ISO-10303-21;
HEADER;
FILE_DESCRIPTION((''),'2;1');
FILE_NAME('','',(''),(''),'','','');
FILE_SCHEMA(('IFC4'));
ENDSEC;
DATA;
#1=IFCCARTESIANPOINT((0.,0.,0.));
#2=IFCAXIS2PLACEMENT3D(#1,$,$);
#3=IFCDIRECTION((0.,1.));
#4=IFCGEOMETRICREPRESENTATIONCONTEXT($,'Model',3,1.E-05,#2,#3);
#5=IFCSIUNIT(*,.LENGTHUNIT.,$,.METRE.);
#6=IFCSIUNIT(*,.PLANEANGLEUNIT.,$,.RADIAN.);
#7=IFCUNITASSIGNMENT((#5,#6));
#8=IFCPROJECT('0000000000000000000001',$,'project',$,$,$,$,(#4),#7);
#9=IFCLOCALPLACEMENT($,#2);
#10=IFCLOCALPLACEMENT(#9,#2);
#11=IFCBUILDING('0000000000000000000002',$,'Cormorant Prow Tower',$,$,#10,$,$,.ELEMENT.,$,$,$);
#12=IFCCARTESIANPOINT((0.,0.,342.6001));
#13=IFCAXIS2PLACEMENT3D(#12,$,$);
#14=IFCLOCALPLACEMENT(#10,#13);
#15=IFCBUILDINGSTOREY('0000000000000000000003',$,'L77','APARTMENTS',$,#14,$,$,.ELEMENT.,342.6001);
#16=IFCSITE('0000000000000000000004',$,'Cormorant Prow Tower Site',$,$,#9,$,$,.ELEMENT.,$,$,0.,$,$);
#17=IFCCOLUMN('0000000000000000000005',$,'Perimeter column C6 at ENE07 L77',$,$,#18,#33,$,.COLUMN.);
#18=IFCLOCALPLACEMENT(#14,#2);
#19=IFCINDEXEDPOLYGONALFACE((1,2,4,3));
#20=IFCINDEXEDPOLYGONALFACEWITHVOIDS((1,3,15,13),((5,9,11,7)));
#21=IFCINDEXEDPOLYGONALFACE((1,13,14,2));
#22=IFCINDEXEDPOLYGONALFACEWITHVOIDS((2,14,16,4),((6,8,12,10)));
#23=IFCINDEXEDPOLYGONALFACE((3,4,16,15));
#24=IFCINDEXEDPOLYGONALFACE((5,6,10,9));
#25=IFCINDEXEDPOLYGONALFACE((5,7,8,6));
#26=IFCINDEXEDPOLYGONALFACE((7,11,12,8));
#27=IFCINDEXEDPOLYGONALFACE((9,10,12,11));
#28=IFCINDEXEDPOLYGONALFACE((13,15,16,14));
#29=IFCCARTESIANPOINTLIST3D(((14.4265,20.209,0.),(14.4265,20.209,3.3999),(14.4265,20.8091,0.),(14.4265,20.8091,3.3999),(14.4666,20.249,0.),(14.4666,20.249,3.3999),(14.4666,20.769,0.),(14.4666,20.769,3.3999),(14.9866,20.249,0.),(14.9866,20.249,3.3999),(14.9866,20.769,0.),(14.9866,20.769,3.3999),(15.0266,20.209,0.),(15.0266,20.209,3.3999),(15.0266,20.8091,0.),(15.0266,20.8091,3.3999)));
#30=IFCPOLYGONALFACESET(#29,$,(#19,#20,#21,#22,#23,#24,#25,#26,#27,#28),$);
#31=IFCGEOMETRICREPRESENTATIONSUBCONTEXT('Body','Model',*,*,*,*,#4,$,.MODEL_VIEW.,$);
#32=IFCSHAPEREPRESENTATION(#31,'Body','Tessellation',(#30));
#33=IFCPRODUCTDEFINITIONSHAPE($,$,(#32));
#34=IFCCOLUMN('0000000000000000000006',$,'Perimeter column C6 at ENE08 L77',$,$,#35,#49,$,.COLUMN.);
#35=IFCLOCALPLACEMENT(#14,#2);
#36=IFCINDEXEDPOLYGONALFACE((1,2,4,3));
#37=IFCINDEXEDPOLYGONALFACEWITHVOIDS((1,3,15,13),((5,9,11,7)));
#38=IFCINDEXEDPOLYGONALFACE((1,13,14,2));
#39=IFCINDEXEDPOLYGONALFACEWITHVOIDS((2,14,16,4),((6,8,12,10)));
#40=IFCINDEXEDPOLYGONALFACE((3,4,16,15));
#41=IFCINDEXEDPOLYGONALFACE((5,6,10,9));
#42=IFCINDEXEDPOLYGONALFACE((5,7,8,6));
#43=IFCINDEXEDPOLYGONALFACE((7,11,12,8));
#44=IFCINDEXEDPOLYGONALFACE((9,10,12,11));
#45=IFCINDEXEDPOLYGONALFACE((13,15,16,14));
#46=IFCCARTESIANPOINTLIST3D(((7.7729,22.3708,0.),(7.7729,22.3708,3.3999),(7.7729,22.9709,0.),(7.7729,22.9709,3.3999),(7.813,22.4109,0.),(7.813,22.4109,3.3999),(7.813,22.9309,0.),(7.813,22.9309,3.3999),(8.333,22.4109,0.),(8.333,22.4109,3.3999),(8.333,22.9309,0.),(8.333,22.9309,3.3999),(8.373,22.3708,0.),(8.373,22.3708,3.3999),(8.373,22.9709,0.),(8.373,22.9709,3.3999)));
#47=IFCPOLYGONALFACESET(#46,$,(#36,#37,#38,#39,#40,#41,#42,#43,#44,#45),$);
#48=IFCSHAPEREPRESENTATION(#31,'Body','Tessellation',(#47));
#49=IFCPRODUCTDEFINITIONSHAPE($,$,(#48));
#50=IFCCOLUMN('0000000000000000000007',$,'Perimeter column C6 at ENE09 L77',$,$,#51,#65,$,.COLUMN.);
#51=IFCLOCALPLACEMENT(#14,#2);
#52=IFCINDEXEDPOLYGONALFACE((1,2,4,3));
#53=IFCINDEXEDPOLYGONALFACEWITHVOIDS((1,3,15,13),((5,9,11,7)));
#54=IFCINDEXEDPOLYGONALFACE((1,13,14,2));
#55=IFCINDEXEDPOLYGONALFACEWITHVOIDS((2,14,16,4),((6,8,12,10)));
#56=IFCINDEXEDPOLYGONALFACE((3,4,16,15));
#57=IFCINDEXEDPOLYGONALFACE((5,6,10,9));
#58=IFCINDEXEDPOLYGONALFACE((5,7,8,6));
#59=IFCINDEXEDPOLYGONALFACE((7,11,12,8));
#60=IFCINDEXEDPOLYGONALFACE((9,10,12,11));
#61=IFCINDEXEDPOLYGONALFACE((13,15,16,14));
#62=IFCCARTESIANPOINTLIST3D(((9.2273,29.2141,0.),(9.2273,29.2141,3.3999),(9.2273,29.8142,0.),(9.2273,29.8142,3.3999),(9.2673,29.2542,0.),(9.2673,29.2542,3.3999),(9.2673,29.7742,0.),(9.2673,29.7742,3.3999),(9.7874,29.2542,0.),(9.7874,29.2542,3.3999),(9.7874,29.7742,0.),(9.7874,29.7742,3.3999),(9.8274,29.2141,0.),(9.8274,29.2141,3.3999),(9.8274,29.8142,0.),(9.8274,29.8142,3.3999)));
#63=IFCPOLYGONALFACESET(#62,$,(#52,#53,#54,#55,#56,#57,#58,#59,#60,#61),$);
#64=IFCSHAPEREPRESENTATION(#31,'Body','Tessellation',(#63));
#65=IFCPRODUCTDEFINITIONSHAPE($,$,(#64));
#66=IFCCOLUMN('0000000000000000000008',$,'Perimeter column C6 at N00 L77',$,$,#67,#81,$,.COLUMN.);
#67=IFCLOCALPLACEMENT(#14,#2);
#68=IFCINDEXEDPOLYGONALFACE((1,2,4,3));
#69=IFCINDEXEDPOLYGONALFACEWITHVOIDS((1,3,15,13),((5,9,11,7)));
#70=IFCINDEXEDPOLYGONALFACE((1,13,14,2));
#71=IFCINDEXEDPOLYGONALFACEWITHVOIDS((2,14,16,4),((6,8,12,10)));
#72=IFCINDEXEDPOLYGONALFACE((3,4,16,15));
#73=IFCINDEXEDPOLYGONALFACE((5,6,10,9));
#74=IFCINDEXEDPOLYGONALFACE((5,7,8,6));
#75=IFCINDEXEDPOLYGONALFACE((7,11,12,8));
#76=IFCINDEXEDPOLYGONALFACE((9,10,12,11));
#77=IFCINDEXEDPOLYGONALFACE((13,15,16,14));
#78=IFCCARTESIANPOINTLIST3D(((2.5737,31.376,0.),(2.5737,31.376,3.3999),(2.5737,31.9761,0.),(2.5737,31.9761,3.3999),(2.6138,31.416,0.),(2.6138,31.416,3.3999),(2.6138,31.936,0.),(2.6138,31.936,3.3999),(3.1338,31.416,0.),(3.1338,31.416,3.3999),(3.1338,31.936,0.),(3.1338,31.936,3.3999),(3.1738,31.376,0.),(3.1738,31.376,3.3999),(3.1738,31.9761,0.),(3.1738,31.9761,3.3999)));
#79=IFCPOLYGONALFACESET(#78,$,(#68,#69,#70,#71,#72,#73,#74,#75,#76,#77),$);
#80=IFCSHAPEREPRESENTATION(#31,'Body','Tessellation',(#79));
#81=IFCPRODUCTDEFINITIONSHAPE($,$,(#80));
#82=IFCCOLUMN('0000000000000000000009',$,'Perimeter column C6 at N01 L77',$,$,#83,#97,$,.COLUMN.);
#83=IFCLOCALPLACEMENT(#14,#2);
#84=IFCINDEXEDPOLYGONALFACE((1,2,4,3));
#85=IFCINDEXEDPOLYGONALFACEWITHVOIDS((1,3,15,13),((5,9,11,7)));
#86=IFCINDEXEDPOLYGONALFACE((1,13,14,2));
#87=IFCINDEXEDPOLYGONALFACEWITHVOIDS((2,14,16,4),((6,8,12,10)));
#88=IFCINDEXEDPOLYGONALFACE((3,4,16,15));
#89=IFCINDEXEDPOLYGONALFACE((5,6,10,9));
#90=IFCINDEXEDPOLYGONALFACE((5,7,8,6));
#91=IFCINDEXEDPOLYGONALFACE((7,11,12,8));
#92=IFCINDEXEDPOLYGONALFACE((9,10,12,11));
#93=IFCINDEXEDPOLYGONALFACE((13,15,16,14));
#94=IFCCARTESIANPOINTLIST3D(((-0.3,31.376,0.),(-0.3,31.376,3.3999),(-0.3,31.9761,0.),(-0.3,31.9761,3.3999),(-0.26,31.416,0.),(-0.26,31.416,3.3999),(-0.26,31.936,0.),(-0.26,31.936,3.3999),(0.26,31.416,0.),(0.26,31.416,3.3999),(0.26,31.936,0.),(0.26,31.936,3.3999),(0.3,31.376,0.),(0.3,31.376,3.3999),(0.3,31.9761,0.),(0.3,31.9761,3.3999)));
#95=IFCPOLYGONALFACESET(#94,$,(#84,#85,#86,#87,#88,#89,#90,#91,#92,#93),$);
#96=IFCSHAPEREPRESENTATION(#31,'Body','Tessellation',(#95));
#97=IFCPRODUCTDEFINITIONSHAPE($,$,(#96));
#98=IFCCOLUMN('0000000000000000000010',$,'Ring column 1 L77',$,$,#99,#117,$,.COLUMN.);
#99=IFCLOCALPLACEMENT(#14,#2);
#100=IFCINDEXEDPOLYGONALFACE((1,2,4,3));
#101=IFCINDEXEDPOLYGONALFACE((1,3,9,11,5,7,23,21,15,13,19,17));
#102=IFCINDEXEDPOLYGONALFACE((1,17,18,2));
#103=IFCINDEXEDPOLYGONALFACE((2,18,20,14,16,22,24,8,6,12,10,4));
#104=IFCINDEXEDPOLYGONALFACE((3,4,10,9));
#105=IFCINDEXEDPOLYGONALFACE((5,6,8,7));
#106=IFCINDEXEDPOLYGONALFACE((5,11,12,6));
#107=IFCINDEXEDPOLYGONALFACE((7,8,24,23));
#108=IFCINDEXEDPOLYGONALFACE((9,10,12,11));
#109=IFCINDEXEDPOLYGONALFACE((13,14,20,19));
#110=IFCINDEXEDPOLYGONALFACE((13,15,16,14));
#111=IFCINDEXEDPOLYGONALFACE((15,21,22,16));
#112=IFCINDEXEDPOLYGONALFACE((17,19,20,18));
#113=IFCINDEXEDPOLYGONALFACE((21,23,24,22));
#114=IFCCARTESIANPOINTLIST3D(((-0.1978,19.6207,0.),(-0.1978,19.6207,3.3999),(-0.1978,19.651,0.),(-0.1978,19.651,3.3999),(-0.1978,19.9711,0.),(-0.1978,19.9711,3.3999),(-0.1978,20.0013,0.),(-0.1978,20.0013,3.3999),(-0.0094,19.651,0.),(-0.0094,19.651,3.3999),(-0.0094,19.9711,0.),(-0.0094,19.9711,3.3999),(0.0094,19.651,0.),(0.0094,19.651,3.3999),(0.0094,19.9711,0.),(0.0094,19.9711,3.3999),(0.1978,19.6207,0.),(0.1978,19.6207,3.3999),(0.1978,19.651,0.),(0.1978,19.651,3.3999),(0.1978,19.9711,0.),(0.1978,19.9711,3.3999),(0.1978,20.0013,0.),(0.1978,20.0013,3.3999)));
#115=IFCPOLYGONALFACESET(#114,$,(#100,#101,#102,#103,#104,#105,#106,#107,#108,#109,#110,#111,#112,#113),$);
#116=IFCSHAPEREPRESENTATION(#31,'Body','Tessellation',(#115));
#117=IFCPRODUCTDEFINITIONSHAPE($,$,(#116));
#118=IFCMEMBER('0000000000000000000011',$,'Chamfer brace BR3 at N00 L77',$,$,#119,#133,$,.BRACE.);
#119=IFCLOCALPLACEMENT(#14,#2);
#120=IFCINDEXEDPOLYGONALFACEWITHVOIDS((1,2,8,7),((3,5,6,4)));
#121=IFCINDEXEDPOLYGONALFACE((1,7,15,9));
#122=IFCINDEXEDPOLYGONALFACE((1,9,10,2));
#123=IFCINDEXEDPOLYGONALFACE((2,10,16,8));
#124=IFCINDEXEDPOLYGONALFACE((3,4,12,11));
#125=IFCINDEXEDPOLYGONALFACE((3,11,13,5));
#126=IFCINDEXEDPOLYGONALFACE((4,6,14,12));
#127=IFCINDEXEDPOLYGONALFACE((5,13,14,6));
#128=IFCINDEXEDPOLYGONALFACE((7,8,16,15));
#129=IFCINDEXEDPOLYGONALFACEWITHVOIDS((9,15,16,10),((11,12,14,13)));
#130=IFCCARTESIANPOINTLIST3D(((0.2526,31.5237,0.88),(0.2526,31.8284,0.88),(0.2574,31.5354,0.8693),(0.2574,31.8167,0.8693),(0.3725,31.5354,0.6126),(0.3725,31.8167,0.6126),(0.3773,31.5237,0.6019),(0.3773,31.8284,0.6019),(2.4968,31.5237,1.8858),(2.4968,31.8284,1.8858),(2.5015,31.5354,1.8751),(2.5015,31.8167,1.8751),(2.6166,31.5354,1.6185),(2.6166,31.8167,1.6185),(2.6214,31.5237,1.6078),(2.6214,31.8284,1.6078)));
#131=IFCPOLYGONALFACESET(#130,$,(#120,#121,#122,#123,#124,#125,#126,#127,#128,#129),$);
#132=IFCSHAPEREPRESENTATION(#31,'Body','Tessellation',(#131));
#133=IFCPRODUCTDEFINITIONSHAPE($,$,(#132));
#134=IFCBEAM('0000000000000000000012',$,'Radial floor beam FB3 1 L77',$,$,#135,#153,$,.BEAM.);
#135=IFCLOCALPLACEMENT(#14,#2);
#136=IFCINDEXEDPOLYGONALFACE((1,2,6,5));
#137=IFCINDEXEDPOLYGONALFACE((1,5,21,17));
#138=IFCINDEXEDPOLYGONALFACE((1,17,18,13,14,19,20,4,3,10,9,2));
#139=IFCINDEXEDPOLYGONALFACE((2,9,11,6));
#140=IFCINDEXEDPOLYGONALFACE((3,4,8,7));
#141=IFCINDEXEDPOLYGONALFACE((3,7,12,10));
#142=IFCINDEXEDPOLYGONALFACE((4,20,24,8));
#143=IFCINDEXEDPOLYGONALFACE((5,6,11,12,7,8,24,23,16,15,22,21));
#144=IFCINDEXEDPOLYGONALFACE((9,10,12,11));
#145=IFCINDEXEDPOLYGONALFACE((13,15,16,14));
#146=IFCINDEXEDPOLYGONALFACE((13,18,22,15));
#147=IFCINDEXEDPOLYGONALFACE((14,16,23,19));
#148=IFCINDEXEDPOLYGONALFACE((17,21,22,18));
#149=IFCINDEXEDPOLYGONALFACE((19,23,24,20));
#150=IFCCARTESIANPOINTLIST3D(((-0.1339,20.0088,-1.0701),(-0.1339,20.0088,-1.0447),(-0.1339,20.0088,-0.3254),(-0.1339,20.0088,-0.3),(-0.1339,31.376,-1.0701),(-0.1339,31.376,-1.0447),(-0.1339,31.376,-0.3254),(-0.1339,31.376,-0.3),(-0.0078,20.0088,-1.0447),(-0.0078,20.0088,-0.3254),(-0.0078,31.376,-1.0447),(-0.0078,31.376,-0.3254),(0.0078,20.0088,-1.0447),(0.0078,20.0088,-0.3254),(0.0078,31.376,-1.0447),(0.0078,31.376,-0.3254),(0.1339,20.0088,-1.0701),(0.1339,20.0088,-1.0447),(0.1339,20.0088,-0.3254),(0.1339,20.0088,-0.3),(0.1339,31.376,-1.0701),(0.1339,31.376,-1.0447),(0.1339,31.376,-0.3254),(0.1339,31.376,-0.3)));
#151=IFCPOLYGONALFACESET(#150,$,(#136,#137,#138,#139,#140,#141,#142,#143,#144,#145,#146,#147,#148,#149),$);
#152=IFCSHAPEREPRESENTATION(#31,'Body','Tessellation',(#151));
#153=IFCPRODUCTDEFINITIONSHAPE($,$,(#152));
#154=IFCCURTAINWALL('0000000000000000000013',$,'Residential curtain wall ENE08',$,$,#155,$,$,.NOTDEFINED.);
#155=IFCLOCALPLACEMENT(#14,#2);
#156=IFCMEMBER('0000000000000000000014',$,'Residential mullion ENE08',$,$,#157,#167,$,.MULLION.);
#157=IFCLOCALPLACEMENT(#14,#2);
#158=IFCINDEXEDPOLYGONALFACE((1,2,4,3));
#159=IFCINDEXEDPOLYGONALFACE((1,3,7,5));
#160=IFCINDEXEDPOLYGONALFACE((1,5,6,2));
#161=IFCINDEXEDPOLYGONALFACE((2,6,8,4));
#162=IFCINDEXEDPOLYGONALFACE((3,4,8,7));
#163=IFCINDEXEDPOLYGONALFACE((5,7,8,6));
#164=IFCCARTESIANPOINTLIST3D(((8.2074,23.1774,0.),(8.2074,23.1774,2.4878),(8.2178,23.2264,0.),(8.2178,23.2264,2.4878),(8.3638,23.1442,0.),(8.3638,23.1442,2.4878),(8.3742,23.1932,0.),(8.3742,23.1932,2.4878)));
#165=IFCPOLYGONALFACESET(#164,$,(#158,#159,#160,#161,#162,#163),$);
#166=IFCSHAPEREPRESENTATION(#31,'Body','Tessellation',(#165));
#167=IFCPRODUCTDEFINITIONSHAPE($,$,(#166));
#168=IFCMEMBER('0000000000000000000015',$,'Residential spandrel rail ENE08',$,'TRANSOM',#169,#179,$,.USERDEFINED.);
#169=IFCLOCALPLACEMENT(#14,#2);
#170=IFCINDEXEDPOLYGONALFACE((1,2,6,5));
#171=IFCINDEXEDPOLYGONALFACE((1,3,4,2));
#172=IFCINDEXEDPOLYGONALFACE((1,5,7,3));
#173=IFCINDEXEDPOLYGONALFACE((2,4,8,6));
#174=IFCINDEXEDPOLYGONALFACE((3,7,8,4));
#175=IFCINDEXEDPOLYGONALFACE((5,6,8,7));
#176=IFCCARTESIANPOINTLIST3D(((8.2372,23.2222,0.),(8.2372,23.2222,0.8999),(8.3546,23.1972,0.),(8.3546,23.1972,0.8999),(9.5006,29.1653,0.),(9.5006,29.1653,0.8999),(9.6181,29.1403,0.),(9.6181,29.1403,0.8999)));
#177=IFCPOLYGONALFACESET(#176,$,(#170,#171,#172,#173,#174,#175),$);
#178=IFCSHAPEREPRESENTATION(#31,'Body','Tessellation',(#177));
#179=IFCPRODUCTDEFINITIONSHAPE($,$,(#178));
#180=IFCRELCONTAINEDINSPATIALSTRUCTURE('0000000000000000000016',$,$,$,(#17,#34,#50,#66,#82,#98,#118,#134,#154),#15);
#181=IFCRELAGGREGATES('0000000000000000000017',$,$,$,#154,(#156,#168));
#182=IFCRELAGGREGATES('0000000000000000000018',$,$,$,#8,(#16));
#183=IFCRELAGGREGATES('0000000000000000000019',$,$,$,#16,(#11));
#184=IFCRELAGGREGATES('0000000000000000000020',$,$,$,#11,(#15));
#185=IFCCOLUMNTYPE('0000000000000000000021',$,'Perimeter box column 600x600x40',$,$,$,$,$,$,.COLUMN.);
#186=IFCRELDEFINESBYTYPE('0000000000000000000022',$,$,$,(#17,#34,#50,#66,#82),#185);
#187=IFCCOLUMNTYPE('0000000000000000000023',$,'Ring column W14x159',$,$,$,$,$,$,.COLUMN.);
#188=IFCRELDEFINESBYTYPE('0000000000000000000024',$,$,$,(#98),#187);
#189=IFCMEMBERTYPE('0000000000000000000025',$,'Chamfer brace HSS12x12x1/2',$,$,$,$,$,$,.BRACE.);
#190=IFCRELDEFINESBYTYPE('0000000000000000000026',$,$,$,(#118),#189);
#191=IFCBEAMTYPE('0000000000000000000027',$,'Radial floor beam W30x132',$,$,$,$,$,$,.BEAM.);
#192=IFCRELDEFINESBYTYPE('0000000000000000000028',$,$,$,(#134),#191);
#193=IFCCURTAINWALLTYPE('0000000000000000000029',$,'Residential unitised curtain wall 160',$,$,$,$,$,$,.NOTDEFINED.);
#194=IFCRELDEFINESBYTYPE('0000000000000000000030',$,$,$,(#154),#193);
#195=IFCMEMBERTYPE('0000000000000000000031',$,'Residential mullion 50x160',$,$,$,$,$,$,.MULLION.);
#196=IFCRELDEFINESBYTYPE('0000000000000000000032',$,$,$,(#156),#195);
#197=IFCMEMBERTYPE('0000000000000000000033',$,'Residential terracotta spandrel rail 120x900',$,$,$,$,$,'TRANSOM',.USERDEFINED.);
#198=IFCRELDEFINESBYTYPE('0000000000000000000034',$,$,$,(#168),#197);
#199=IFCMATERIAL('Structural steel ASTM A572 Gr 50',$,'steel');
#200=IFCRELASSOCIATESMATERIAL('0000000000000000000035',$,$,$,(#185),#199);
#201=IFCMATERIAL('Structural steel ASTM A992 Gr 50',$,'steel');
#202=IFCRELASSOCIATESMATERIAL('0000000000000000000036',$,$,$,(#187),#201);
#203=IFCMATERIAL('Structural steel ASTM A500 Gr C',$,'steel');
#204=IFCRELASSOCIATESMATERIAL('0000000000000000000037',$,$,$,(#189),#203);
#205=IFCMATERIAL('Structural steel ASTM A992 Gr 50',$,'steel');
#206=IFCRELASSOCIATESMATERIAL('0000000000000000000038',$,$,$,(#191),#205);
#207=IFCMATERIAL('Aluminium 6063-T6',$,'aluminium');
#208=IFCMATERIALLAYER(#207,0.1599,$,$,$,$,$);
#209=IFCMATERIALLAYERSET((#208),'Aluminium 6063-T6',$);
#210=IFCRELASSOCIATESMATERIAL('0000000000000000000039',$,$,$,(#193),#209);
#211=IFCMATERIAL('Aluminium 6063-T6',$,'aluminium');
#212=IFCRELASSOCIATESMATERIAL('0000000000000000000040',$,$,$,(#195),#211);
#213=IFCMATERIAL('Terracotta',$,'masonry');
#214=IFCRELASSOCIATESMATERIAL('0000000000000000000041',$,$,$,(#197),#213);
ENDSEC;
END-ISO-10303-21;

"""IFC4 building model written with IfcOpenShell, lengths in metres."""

from ifc_helpers import new_model, si_unit, direction, frame, origin, origin_2d, place, context, subcontext, project, spatial, rectangle, hollow_rectangle, i_section, extrude, material, layer, layer_set, material_profile, profile_set, type_object, element, aggregate, save


model = new_model("IFC4")

# Units and contexts
model_context = context("Model", 3, precision=1e-05, world=origin(), true_north=direction((0.0, 1.0)))
body_context = subcontext(model_context, "Body", "Model", "MODEL_VIEW")
ifc_project = project(units=[si_unit("LENGTHUNIT", "METRE"), si_unit("PLANEANGLEUNIT", "RADIAN")], contexts=[model_context])

# Site, building, storey
site_placement = place(None, origin())
site = spatial("IfcSite", under=ifc_project, at=site_placement, Name="Cormorant Prow Tower Site", CompositionType="ELEMENT", RefElevation=0.0)
building_placement = place(site_placement, origin())
building = spatial("IfcBuilding", under=site, at=building_placement, Name="Cormorant Prow Tower", CompositionType="ELEMENT")
storey_placement = place(building_placement, frame((0.0, 0.0, 342.6001)))
storey = spatial("IfcBuildingStorey", under=building, at=storey_placement, Name="L77", Description="APARTMENTS", CompositionType="ELEMENT", Elevation=342.6001)

# Columns
ifc_material_1 = material(Name="Structural steel ASTM A572 Gr 50", Category="steel")
ifc_material_profile_1 = material_profile(ifc_material_1, hollow_rectangle(XDim=0.6001, YDim=0.6001, WallThickness=0.04, at=origin_2d()), Name="Box 600x600x40")
ifc_profile_set_1 = profile_set([ifc_material_profile_1], Name="Structural steel ASTM A572 Gr 50")
column_type_1 = type_object("IfcColumnType", Name="Perimeter box column 600x600x40", PredefinedType="COLUMN", material=ifc_profile_set_1)
for number, where, z_axis, x_axis, name in (
    (1, (14.7266, 20.509, 0.0), (0.0, 0.0, 1.0), (1.0, 0.0, 0.0), "Perimeter column C6 at ENE07 L77"),
    (2, (8.073, 22.6709, 0.0), (0.0, 0.0, 1.0), (1.0, 0.0, 0.0), "Perimeter column C6 at ENE08 L77"),
    (3, (9.5273, 29.5142, 0.0), (0.0, 0.0, 1.0), (1.0, 0.0, 0.0), "Perimeter column C6 at ENE09 L77"),
    (4, (2.8738, 31.676, 0.0), (0.0, 0.0, 1.0), (1.0, 0.0, 0.0), "Perimeter column C6 at N00 L77"),
    (5, (0.0, 31.676, 0.0), (0.0, 0.0, 1.0), (1.0, 0.0, 0.0), "Perimeter column C6 at N01 L77"),
):
    element("IfcColumn", number, at=place(storey_placement, frame(where, z_axis=z_axis, x_axis=x_axis)), inside=storey, type_object=column_type_1, Name=name, PredefinedType="COLUMN", context=body_context, shape_type="SweptSolid", body=[
        extrude(hollow_rectangle(XDim=0.6001, YDim=0.6001, WallThickness=0.04, at=origin_2d()), origin(), (0.0, 0.0, 1.0), 3.3999),
    ])
ifc_material_2 = material(Name="Structural steel ASTM A992 Gr 50", Category="steel")
ifc_material_profile_2 = material_profile(ifc_material_2, i_section(OverallWidth=0.3955, OverallDepth=0.3806, WebThickness=0.0188, FlangeThickness=0.0303, at=origin_2d()), Name="W14x159")
ifc_profile_set_2 = profile_set([ifc_material_profile_2], Name="Structural steel ASTM A992 Gr 50")
column_type_2 = type_object("IfcColumnType", Name="Ring column W14x159", PredefinedType="COLUMN", material=ifc_profile_set_2)
column_placement = place(storey_placement, frame((0.0, 19.811, 0.0), z_axis=(0.0, 0.0, 1.0), x_axis=(1.0, 0.0, 0.0)))
element("IfcColumn", 6, at=column_placement, inside=storey, type_object=column_type_2, Name="Ring column 1 L77", PredefinedType="COLUMN", context=body_context, shape_type="SweptSolid", body=[
    extrude(i_section(OverallWidth=0.3955, OverallDepth=0.3806, WebThickness=0.0188, FlangeThickness=0.0303, at=origin_2d()), origin(), (0.0, 0.0, 1.0), 3.3999),
])

# Member
ifc_material_3 = material(Name="Structural steel ASTM A500 Gr C", Category="steel")
ifc_material_profile_3 = material_profile(ifc_material_3, hollow_rectangle(XDim=0.3047, YDim=0.3047, WallThickness=0.0117, at=origin_2d()), Name="HSS12x12x1/2")
ifc_profile_set_3 = profile_set([ifc_material_profile_3], Name="Structural steel ASTM A500 Gr C")
member_type_1 = type_object("IfcMemberType", Name="Chamfer brace HSS12x12x1/2", PredefinedType="BRACE", material=ifc_profile_set_3)
member_1_placement = place(storey_placement, frame((0.3149, 31.676, 0.741), z_axis=(0.91253, 0.0, 0.40901), x_axis=(0.0, 1.0, 0.0)))
element("IfcMember", 7, at=member_1_placement, inside=storey, type_object=member_type_1, Name="Chamfer brace BR3 at N00 L77", PredefinedType="BRACE", context=body_context, shape_type="SweptSolid", body=[
    extrude(hollow_rectangle(XDim=0.3047, YDim=0.3047, WallThickness=0.0117, at=origin_2d()), origin(), (0.0, 0.0, 1.0), 2.4592),
])

# Beam
ifc_material_4 = material(Name="Structural steel ASTM A992 Gr 50", Category="steel")
ifc_material_profile_4 = material_profile(ifc_material_4, i_section(OverallWidth=0.2678, OverallDepth=0.77, WebThickness=0.0156, FlangeThickness=0.0254, at=origin_2d()), Name="W30x132")
ifc_profile_set_4 = profile_set([ifc_material_profile_4], Name="Structural steel ASTM A992 Gr 50")
beam_type_1 = type_object("IfcBeamType", Name="Radial floor beam W30x132", PredefinedType="BEAM", material=ifc_profile_set_4)
beam_1_placement = place(storey_placement, frame((0.0, 20.0088, -0.6851), z_axis=(0.0, 1.0, 0.0), x_axis=(-1.0, 0.0, 0.0)))
element("IfcBeam", 8, at=beam_1_placement, inside=storey, type_object=beam_type_1, Name="Radial floor beam FB3 1 L77", PredefinedType="BEAM", context=body_context, shape_type="SweptSolid", body=[
    extrude(i_section(OverallWidth=0.2678, OverallDepth=0.77, WebThickness=0.0156, FlangeThickness=0.0254, at=origin_2d()), origin(), (0.0, 0.0, 1.0), 11.3672),
])

# Curtain wall, members
ifc_material_5 = material(Name="Aluminium 6063-T6", Category="aluminium")
ifc_layer_1 = layer(ifc_material_5, 0.1599)
ifc_layer_set_1 = layer_set([ifc_layer_1], Name="Aluminium 6063-T6")
curtain_wall_type = type_object("IfcCurtainWallType", Name="Residential unitised curtain wall 160", PredefinedType="NOTDEFINED", material=ifc_layer_set_1)
curtain_wall_1_placement = place(storey_placement, origin())
curtain_wall_1 = element("IfcCurtainWall", 9, at=curtain_wall_1_placement, inside=storey, type_object=curtain_wall_type, Name="Residential curtain wall ENE08", PredefinedType="NOTDEFINED")
ifc_material_6 = material(Name="Aluminium 6063-T6", Category="aluminium")
ifc_material_profile_5 = material_profile(ifc_material_6, rectangle(XDim=0.1599, YDim=0.05, at=origin_2d()), Name="Residential mullion 50x160")
ifc_profile_set_5 = profile_set([ifc_material_profile_5], Name="Aluminium 6063-T6")
member_type_2 = type_object("IfcMemberType", Name="Residential mullion 50x160", PredefinedType="MULLION", material=ifc_profile_set_5)
member_2_placement = place(storey_placement, frame((8.2908, 23.1853, 0.0), z_axis=(0.0, 0.0, 1.0), x_axis=(-0.978148, 0.207912, 0.0)))
member_2 = element("IfcMember", 10, at=member_2_placement, type_object=member_type_2, Name="Residential mullion ENE08", PredefinedType="MULLION", context=body_context, shape_type="SweptSolid", body=[
    extrude(rectangle(XDim=0.1599, YDim=0.05, at=origin_2d()), origin(), (0.0, 0.0, 1.0), 2.4878),
])
ifc_material_7 = material(Name="Terracotta", Category="masonry")
ifc_material_profile_6 = material_profile(ifc_material_7, rectangle(XDim=0.1201, YDim=0.8999, at=origin_2d()), Name="Residential terracotta spandrel rail 120x900")
ifc_profile_set_6 = profile_set([ifc_material_profile_6], Name="Terracotta")
member_type_3 = type_object("IfcMemberType", Name="Residential terracotta spandrel rail 120x900", ElementType="TRANSOM", PredefinedType="USERDEFINED", material=ifc_profile_set_6)
member_3_placement = place(storey_placement, frame((8.2959, 23.2097, 0.45), z_axis=(0.20794, 0.978142, 0.0), x_axis=(-0.978142, 0.20794, 0.0)))
member_3 = element("IfcMember", 11, at=member_3_placement, type_object=member_type_3, Name="Residential spandrel rail ENE08", ObjectType="TRANSOM", PredefinedType="USERDEFINED", context=body_context, shape_type="SweptSolid", body=[
    extrude(rectangle(XDim=0.1201, YDim=0.8999, at=origin_2d()), origin(), (0.0, 0.0, 1.0), 6.0759),
])

aggregate(curtain_wall_1, [member_2, member_3])

save(model, "model.ifc")
